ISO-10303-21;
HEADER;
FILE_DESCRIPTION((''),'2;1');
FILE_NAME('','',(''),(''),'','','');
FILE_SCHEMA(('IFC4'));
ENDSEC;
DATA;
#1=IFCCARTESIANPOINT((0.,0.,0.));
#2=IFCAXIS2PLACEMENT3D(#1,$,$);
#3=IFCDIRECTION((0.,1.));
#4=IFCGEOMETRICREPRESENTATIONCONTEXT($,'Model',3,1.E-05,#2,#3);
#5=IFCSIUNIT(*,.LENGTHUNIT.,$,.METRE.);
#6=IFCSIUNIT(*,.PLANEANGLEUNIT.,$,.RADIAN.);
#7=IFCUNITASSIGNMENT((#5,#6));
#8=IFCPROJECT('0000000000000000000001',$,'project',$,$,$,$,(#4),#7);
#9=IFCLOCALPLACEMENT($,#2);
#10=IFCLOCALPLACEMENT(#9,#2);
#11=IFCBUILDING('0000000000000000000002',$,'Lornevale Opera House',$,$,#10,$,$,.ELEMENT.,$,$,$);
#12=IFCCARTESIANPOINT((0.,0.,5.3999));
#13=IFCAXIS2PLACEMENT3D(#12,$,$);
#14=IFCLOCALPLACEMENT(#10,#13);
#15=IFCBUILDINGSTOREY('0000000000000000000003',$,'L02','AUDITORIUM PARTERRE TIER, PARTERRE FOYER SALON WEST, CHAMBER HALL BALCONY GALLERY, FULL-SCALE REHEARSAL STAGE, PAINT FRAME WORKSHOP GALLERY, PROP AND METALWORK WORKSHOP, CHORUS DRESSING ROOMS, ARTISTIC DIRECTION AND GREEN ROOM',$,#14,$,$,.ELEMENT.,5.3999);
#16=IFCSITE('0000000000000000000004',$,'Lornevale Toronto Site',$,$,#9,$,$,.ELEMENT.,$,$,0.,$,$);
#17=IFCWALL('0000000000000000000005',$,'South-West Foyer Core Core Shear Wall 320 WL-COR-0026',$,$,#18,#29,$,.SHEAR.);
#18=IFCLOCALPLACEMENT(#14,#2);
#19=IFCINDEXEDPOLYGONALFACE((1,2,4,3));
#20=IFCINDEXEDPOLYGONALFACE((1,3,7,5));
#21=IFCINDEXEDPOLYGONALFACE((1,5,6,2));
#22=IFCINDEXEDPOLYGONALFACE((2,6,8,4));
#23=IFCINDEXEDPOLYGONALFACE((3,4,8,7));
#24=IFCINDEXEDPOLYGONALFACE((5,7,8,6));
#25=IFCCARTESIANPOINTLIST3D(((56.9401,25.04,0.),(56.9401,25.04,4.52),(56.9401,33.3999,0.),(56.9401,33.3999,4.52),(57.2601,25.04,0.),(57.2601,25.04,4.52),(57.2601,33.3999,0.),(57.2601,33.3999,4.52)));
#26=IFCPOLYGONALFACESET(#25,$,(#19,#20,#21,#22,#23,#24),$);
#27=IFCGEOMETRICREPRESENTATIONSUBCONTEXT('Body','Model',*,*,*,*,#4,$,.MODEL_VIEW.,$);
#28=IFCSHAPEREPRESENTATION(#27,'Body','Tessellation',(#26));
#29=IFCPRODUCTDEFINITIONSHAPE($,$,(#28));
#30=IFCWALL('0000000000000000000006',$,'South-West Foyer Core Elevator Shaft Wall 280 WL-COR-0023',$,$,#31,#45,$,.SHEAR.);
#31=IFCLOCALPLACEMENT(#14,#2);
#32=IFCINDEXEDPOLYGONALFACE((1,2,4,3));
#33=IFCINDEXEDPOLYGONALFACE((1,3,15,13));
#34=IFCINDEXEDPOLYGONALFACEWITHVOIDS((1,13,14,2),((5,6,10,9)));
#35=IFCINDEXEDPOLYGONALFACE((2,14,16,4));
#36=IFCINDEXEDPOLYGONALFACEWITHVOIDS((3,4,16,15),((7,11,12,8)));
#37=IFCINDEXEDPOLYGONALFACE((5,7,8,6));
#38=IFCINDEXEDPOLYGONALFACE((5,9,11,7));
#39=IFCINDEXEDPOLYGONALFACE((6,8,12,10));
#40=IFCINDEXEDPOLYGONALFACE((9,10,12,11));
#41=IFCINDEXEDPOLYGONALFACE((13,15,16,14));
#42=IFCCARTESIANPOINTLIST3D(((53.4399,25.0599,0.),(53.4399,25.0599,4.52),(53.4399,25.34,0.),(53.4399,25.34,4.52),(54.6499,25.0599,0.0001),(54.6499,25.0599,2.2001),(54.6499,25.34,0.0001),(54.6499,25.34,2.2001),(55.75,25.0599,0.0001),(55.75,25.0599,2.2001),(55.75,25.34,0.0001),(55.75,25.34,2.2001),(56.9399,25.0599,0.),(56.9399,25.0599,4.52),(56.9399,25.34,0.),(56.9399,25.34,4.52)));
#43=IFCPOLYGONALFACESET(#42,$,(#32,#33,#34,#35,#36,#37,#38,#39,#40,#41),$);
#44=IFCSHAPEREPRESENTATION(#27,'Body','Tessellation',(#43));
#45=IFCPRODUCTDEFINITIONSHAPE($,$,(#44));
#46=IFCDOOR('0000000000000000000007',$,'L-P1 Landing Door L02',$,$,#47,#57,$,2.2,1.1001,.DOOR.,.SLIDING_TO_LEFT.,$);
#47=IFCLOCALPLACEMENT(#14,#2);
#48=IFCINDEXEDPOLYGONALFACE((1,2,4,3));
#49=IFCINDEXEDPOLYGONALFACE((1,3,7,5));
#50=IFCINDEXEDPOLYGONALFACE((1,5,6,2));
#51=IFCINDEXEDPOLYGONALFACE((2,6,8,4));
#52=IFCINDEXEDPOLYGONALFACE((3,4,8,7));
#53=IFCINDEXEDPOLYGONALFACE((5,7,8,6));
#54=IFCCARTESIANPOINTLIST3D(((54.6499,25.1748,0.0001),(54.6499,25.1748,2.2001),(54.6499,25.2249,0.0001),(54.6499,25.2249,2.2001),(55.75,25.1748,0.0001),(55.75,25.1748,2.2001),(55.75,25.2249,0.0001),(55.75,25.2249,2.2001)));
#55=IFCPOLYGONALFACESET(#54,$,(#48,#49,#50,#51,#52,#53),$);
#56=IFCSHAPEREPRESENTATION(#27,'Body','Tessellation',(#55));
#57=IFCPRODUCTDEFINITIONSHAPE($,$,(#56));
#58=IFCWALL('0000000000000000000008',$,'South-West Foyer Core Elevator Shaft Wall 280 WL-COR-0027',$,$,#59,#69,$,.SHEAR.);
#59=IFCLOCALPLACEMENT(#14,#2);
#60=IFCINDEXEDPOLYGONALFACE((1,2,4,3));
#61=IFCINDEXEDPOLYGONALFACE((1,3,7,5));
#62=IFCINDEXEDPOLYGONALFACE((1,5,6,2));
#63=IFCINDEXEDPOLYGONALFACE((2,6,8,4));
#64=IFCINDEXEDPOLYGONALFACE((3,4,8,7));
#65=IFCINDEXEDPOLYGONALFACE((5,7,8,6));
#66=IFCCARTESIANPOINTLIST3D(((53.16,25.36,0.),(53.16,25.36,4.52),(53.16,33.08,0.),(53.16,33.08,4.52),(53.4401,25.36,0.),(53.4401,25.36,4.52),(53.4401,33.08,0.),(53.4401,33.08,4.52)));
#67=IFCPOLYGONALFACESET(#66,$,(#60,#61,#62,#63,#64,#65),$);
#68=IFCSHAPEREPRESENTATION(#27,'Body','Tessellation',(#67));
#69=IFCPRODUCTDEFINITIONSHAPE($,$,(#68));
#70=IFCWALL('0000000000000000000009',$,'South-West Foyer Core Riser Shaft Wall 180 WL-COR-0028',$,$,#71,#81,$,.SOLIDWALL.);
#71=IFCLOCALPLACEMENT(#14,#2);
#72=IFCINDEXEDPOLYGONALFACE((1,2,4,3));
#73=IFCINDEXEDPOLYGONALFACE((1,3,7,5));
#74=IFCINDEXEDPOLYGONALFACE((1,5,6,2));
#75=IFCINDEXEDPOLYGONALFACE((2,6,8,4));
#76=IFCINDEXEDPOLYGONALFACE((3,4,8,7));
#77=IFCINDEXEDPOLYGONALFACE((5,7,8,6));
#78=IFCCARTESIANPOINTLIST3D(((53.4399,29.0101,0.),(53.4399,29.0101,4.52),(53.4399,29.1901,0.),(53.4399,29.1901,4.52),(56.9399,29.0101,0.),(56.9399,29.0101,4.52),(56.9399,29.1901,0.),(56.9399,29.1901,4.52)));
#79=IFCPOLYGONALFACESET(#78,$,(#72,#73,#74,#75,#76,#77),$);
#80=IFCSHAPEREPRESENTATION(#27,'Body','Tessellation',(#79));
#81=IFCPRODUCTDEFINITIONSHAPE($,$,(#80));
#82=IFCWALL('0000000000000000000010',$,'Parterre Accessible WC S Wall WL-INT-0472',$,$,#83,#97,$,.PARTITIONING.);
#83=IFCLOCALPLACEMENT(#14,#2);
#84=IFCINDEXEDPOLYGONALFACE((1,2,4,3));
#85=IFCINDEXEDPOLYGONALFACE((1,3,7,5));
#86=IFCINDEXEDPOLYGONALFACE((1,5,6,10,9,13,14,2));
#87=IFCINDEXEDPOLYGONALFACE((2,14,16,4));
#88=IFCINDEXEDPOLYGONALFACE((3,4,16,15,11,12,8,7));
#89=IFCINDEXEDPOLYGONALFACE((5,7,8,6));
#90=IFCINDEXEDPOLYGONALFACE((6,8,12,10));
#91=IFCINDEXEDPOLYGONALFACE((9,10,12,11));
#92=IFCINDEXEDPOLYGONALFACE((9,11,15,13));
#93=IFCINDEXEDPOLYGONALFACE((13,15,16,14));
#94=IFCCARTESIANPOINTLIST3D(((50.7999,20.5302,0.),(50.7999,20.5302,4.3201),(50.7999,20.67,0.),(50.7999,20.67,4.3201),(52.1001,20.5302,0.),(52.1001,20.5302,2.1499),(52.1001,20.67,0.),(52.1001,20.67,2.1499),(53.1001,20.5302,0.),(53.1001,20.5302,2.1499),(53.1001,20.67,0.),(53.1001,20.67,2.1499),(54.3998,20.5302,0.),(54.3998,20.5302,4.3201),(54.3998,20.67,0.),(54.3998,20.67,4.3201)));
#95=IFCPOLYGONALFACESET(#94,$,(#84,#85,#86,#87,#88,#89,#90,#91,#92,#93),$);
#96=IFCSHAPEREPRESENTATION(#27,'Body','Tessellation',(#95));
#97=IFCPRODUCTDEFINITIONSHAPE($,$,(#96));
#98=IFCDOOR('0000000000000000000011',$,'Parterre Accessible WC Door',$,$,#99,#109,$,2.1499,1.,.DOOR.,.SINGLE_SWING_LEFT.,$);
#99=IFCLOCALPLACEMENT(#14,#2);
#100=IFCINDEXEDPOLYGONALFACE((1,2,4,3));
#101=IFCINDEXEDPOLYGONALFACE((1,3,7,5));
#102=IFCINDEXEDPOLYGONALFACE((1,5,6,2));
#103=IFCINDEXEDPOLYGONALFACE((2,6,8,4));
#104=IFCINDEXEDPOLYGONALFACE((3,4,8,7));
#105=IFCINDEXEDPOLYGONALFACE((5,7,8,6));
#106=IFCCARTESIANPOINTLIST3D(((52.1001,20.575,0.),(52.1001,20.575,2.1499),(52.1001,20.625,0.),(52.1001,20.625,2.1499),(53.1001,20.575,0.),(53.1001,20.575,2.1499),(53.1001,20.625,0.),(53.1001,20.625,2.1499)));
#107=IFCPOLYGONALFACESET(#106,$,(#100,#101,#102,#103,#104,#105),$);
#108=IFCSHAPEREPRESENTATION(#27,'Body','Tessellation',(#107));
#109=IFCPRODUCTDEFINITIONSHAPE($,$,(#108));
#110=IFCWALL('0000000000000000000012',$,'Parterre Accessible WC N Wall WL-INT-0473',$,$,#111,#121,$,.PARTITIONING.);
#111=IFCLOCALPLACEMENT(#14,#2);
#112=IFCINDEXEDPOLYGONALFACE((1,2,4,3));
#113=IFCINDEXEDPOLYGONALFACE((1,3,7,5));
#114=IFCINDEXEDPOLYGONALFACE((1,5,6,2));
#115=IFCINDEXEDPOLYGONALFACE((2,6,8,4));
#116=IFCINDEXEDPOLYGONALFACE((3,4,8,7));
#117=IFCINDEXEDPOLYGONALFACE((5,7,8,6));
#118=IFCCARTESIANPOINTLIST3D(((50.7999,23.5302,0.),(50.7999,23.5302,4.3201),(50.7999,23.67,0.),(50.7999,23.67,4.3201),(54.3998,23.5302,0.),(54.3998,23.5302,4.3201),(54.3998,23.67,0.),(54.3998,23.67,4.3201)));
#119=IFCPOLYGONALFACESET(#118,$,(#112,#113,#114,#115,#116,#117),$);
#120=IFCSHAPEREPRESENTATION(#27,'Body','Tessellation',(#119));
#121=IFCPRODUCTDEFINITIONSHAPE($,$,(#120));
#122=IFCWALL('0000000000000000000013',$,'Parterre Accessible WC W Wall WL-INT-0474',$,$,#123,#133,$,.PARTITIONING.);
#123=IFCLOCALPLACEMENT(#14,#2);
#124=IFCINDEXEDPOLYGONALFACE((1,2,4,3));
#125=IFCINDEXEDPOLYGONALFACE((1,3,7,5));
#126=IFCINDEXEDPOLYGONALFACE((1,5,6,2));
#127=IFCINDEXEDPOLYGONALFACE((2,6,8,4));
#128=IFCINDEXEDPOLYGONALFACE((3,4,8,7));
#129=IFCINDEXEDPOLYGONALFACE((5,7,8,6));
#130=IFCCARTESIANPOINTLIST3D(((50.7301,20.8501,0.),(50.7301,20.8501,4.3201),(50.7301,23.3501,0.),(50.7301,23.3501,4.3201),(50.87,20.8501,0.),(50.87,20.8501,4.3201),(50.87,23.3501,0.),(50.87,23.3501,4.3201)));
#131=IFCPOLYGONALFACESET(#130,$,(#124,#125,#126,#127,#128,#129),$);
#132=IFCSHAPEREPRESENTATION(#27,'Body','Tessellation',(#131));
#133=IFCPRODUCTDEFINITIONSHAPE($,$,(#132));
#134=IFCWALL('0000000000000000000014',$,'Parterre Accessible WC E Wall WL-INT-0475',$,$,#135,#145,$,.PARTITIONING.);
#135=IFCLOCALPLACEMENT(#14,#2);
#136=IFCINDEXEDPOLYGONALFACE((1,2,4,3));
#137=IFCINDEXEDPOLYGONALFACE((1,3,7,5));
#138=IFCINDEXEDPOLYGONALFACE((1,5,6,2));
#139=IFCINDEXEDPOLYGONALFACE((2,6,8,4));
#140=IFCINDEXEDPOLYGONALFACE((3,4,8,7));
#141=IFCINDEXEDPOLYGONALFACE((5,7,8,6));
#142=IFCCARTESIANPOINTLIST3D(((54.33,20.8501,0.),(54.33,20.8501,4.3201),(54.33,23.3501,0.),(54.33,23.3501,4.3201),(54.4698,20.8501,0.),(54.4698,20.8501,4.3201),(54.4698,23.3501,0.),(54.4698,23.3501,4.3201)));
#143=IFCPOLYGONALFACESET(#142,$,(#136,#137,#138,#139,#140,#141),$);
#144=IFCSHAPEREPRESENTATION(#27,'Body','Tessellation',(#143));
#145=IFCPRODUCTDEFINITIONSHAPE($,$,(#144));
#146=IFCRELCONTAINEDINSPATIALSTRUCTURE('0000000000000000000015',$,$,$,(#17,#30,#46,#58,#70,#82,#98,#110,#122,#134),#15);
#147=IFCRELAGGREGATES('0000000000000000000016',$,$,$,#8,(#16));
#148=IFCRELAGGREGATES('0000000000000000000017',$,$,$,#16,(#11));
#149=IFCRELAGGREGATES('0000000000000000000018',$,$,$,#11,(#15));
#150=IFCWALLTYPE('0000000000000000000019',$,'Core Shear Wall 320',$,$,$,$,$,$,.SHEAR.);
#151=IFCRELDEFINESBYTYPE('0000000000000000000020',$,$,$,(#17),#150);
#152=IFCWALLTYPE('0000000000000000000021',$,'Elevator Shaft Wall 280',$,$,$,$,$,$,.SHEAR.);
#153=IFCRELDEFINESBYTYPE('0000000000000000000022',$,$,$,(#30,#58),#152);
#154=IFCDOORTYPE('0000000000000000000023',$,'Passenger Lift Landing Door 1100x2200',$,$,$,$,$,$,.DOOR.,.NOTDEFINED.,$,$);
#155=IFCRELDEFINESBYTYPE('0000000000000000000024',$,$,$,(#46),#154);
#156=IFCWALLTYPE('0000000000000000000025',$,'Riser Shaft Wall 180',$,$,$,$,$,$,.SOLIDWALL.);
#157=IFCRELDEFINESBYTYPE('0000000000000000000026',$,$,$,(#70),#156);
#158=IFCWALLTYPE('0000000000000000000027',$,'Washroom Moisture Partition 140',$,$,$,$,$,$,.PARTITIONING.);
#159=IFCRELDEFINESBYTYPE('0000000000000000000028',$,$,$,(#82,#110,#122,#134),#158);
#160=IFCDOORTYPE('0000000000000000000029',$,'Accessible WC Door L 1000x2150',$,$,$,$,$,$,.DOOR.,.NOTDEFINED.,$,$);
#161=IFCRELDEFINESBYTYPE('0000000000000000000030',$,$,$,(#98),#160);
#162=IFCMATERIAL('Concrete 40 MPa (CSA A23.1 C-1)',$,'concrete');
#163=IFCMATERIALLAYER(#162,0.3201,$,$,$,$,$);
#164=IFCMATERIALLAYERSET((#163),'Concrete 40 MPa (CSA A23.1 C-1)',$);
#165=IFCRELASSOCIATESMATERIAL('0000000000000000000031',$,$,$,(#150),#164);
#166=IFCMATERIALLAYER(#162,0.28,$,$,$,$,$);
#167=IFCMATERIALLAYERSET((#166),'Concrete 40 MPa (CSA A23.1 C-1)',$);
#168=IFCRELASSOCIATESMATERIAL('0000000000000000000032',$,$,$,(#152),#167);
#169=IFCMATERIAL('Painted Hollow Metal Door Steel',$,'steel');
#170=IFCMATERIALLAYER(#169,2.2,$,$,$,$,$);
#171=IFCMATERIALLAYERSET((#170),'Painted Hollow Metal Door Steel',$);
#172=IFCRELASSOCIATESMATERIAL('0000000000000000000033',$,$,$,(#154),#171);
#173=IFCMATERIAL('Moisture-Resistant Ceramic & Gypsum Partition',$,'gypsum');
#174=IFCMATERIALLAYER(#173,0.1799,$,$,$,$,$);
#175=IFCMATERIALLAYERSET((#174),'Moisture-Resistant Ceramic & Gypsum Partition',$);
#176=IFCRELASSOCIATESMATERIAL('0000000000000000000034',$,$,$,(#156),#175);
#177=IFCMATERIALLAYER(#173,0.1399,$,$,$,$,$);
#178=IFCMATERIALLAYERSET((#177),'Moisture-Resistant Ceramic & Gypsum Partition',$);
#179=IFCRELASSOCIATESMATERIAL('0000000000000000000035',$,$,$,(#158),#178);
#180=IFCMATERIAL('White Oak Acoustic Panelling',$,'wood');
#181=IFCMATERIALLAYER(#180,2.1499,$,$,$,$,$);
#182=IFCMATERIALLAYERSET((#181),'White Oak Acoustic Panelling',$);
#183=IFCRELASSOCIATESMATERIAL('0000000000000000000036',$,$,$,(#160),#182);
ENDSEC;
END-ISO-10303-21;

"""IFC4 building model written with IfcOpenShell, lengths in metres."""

from ifc_helpers import new_model, si_unit, direction, frame, frame_2d, origin, place, context, subcontext, project, spatial, rectangle, extrude, material, layer, layer_set, type_object, element, fill, save


model = new_model("IFC4")

# Units and contexts
model_context = context("Model", 3, precision=1e-05, world=origin(), true_north=direction((0.0, 1.0)))
body_context = subcontext(model_context, "Body", "Model", "MODEL_VIEW")
ifc_project = project(units=[si_unit("LENGTHUNIT", "METRE"), si_unit("PLANEANGLEUNIT", "RADIAN")], contexts=[model_context])

# Site, building, storey
site_placement = place(None, origin())
site = spatial("IfcSite", under=ifc_project, at=site_placement, Name="Lornevale Toronto Site", CompositionType="ELEMENT", RefElevation=0.0)
building_placement = place(site_placement, origin())
building = spatial("IfcBuilding", under=site, at=building_placement, Name="Lornevale Opera House", CompositionType="ELEMENT")
storey_placement = place(building_placement, frame((0.0, 0.0, 5.3999)))
storey = spatial("IfcBuildingStorey", under=building, at=storey_placement, Name="L02", Description="AUDITORIUM PARTERRE TIER, PARTERRE FOYER SALON WEST, CHAMBER HALL BALCONY GALLERY, FULL-SCALE REHEARSAL STAGE, PAINT FRAME WORKSHOP GALLERY, PROP AND METALWORK WORKSHOP, CHORUS DRESSING ROOMS, ARTISTIC DIRECTION AND GREEN ROOM", CompositionType="ELEMENT", Elevation=5.3999)

# Shared definitions
ifc_material_1 = material(Name="Concrete 40 MPa (CSA A23.1 C-1)", Category="concrete")

# Wall
ifc_layer_1 = layer(ifc_material_1, 0.3201)
ifc_layer_set_1 = layer_set([ifc_layer_1], Name="Concrete 40 MPa (CSA A23.1 C-1)")
wall_type_1 = type_object("IfcWallType", Name="Core Shear Wall 320", PredefinedType="SHEAR", material=ifc_layer_set_1)
wall_1_placement = place(storey_placement, frame((57.1001, 25.04, 0.0), z_axis=(0.0, 0.0, 1.0), x_axis=(0.0, 1.0, 0.0)))
element("IfcWall", 1, at=wall_1_placement, inside=storey, type_object=wall_type_1, Name="South-West Foyer Core Core Shear Wall 320 WL-COR-0026", PredefinedType="SHEAR", context=body_context, shape_type="SweptSolid", body=[
    extrude(rectangle(XDim=8.3599, YDim=0.3201, at=frame_2d((4.1799, 0.0))), origin(), (0.0, 0.0, 1.0), 4.52),
])

# Wall, opening, door
ifc_layer_2 = layer(ifc_material_1, 0.28)
ifc_layer_set_2 = layer_set([ifc_layer_2], Name="Concrete 40 MPa (CSA A23.1 C-1)")
wall_type_2 = type_object("IfcWallType", Name="Elevator Shaft Wall 280", PredefinedType="SHEAR", material=ifc_layer_set_2)
wall_2_placement = place(storey_placement, frame((53.4399, 25.2, 0.0), z_axis=(0.0, 0.0, 1.0), x_axis=(1.0, 0.0, 0.0)))
wall_2 = element("IfcWall", 2, at=wall_2_placement, inside=storey, type_object=wall_type_2, Name="South-West Foyer Core Elevator Shaft Wall 280 WL-COR-0023", PredefinedType="SHEAR", context=body_context, shape_type="SweptSolid", body=[
    extrude(rectangle(XDim=3.5, YDim=0.28, at=frame_2d((1.75, 0.0))), origin(), (0.0, 0.0, 1.0), 4.52),
])
opening_1_placement = place(wall_2_placement, frame((1.21, 0.0, 0.0)))
opening_1 = element("IfcOpeningElement", 3, at=opening_1_placement, cuts=wall_2, PredefinedType="OPENING", context=body_context, shape_type="SweptSolid", body=[
    extrude(rectangle(XDim=1.1001, YDim=2.2, at=frame_2d((0.55, 1.1001))), frame((0.0, 0.1499, 0.0), z_axis=(0.0, -1.0, 0.0), x_axis=(1.0, 0.0, 0.0)), (0.0, 0.0, 1.0), 0.3),
])
ifc_material_2 = material(Name="Painted Hollow Metal Door Steel", Category="steel")
ifc_layer_3 = layer(ifc_material_2, 2.2)
ifc_layer_set_3 = layer_set([ifc_layer_3], Name="Painted Hollow Metal Door Steel")
door_type_1 = type_object("IfcDoorType", Name="Passenger Lift Landing Door 1100x2200", OperationType="NOTDEFINED", PredefinedType="DOOR", material=ifc_layer_set_3)
door_1_placement = place(opening_1_placement, origin())
door_1 = element("IfcDoor", 4, at=door_1_placement, inside=storey, type_object=door_type_1, Name="L-P1 Landing Door L02", OperationType="SLIDING_TO_LEFT", OverallHeight=2.2, OverallWidth=1.1001, PredefinedType="DOOR", context=body_context, shape_type="SweptSolid", body=[
    extrude(rectangle(XDim=1.1001, YDim=2.2, at=frame_2d((0.55, 1.1001))), frame((0.0, 0.0249, 0.0), z_axis=(0.0, -1.0, 0.0), x_axis=(1.0, 0.0, 0.0)), (0.0, 0.0, 1.0), 0.05),
])
fill(opening_1, door_1)

# Walls
wall_3_placement = place(storey_placement, frame((53.3, 25.3601, 0.0), z_axis=(0.0, 0.0, 1.0), x_axis=(0.0, 1.0, 0.0)))
element("IfcWall", 5, at=wall_3_placement, inside=storey, type_object=wall_type_2, Name="South-West Foyer Core Elevator Shaft Wall 280 WL-COR-0027", PredefinedType="SHEAR", context=body_context, shape_type="SweptSolid", body=[
    extrude(rectangle(XDim=7.72, YDim=0.28, at=frame_2d((3.8599, 0.0))), origin(), (0.0, 0.0, 1.0), 4.52),
])
ifc_material_3 = material(Name="Moisture-Resistant Ceramic & Gypsum Partition", Category="gypsum")
ifc_layer_4 = layer(ifc_material_3, 0.1799)
ifc_layer_set_4 = layer_set([ifc_layer_4], Name="Moisture-Resistant Ceramic & Gypsum Partition")
wall_type_3 = type_object("IfcWallType", Name="Riser Shaft Wall 180", PredefinedType="SOLIDWALL", material=ifc_layer_set_4)
wall_4_placement = place(storey_placement, frame((53.4399, 29.1001, 0.0), z_axis=(0.0, 0.0, 1.0), x_axis=(1.0, 0.0, 0.0)))
element("IfcWall", 6, at=wall_4_placement, inside=storey, type_object=wall_type_3, Name="South-West Foyer Core Riser Shaft Wall 180 WL-COR-0028", PredefinedType="SOLIDWALL", context=body_context, shape_type="SweptSolid", body=[
    extrude(rectangle(XDim=3.5, YDim=0.1799, at=frame_2d((1.75, 0.0))), origin(), (0.0, 0.0, 1.0), 4.52),
])

# Wall, opening, door
ifc_layer_5 = layer(ifc_material_3, 0.1399)
ifc_layer_set_5 = layer_set([ifc_layer_5], Name="Moisture-Resistant Ceramic & Gypsum Partition")
wall_type_4 = type_object("IfcWallType", Name="Washroom Moisture Partition 140", PredefinedType="PARTITIONING", material=ifc_layer_set_5)
wall_5_placement = place(storey_placement, frame((50.8, 20.6001, 0.0), z_axis=(0.0, 0.0, 1.0), x_axis=(1.0, 0.0, 0.0)))
wall_5 = element("IfcWall", 7, at=wall_5_placement, inside=storey, type_object=wall_type_4, Name="Parterre Accessible WC S Wall WL-INT-0472", PredefinedType="PARTITIONING", context=body_context, shape_type="SweptSolid", body=[
    extrude(rectangle(XDim=3.5999, YDim=0.1399, at=frame_2d((1.7998, 0.0))), origin(), (0.0, 0.0, 1.0), 4.3201),
])
opening_2_placement = place(wall_5_placement, frame((1.3, 0.0, 0.0)))
opening_2 = element("IfcOpeningElement", 8, at=opening_2_placement, cuts=wall_5, PredefinedType="OPENING", context=body_context, shape_type="SweptSolid", body=[
    extrude(rectangle(XDim=1.0, YDim=2.1499, at=frame_2d((0.5, 1.075))), frame((0.0, 0.0798, 0.0), z_axis=(0.0, -1.0, 0.0), x_axis=(1.0, 0.0, 0.0)), (0.0, 0.0, 1.0), 0.1599),
])
ifc_material_4 = material(Name="White Oak Acoustic Panelling", Category="wood")
ifc_layer_6 = layer(ifc_material_4, 2.1499)
ifc_layer_set_6 = layer_set([ifc_layer_6], Name="White Oak Acoustic Panelling")
door_type_2 = type_object("IfcDoorType", Name="Accessible WC Door L 1000x2150", OperationType="NOTDEFINED", PredefinedType="DOOR", material=ifc_layer_set_6)
door_2_placement = place(opening_2_placement, origin())
door_2 = element("IfcDoor", 9, at=door_2_placement, inside=storey, type_object=door_type_2, Name="Parterre Accessible WC Door", OperationType="SINGLE_SWING_LEFT", OverallHeight=2.1499, OverallWidth=1.0, PredefinedType="DOOR", context=body_context, shape_type="SweptSolid", body=[
    extrude(rectangle(XDim=1.0, YDim=2.1499, at=frame_2d((0.5, 1.075))), frame((0.0, 0.0249, 0.0), z_axis=(0.0, -1.0, 0.0), x_axis=(1.0, 0.0, 0.0)), (0.0, 0.0, 1.0), 0.05),
])
fill(opening_2, door_2)

# Walls
wall_6_placement = place(storey_placement, frame((50.8, 23.6001, 0.0), z_axis=(0.0, 0.0, 1.0), x_axis=(1.0, 0.0, 0.0)))
element("IfcWall", 10, at=wall_6_placement, inside=storey, type_object=wall_type_4, Name="Parterre Accessible WC N Wall WL-INT-0473", PredefinedType="PARTITIONING", context=body_context, shape_type="SweptSolid", body=[
    extrude(rectangle(XDim=3.5999, YDim=0.1399, at=frame_2d((1.7998, 0.0))), origin(), (0.0, 0.0, 1.0), 4.3201),
])
for number, where, z_axis, x_axis, name in (
    (11, (50.8, 20.8501, 0.0), (0.0, 0.0, 1.0), (0.0, 1.0, 0.0), "Parterre Accessible WC W Wall WL-INT-0474"),
    (12, (54.3999, 20.8501, 0.0), (0.0, 0.0, 1.0), (0.0, 1.0, 0.0), "Parterre Accessible WC E Wall WL-INT-0475"),
):
    element("IfcWall", number, at=place(storey_placement, frame(where, z_axis=z_axis, x_axis=x_axis)), inside=storey, type_object=wall_type_4, Name=name, PredefinedType="PARTITIONING", context=body_context, shape_type="SweptSolid", body=[
        extrude(rectangle(XDim=2.5, YDim=0.1399, at=frame_2d((1.25, 0.0))), origin(), (0.0, 0.0, 1.0), 4.3201),
    ])

save(model, "model.ifc")
